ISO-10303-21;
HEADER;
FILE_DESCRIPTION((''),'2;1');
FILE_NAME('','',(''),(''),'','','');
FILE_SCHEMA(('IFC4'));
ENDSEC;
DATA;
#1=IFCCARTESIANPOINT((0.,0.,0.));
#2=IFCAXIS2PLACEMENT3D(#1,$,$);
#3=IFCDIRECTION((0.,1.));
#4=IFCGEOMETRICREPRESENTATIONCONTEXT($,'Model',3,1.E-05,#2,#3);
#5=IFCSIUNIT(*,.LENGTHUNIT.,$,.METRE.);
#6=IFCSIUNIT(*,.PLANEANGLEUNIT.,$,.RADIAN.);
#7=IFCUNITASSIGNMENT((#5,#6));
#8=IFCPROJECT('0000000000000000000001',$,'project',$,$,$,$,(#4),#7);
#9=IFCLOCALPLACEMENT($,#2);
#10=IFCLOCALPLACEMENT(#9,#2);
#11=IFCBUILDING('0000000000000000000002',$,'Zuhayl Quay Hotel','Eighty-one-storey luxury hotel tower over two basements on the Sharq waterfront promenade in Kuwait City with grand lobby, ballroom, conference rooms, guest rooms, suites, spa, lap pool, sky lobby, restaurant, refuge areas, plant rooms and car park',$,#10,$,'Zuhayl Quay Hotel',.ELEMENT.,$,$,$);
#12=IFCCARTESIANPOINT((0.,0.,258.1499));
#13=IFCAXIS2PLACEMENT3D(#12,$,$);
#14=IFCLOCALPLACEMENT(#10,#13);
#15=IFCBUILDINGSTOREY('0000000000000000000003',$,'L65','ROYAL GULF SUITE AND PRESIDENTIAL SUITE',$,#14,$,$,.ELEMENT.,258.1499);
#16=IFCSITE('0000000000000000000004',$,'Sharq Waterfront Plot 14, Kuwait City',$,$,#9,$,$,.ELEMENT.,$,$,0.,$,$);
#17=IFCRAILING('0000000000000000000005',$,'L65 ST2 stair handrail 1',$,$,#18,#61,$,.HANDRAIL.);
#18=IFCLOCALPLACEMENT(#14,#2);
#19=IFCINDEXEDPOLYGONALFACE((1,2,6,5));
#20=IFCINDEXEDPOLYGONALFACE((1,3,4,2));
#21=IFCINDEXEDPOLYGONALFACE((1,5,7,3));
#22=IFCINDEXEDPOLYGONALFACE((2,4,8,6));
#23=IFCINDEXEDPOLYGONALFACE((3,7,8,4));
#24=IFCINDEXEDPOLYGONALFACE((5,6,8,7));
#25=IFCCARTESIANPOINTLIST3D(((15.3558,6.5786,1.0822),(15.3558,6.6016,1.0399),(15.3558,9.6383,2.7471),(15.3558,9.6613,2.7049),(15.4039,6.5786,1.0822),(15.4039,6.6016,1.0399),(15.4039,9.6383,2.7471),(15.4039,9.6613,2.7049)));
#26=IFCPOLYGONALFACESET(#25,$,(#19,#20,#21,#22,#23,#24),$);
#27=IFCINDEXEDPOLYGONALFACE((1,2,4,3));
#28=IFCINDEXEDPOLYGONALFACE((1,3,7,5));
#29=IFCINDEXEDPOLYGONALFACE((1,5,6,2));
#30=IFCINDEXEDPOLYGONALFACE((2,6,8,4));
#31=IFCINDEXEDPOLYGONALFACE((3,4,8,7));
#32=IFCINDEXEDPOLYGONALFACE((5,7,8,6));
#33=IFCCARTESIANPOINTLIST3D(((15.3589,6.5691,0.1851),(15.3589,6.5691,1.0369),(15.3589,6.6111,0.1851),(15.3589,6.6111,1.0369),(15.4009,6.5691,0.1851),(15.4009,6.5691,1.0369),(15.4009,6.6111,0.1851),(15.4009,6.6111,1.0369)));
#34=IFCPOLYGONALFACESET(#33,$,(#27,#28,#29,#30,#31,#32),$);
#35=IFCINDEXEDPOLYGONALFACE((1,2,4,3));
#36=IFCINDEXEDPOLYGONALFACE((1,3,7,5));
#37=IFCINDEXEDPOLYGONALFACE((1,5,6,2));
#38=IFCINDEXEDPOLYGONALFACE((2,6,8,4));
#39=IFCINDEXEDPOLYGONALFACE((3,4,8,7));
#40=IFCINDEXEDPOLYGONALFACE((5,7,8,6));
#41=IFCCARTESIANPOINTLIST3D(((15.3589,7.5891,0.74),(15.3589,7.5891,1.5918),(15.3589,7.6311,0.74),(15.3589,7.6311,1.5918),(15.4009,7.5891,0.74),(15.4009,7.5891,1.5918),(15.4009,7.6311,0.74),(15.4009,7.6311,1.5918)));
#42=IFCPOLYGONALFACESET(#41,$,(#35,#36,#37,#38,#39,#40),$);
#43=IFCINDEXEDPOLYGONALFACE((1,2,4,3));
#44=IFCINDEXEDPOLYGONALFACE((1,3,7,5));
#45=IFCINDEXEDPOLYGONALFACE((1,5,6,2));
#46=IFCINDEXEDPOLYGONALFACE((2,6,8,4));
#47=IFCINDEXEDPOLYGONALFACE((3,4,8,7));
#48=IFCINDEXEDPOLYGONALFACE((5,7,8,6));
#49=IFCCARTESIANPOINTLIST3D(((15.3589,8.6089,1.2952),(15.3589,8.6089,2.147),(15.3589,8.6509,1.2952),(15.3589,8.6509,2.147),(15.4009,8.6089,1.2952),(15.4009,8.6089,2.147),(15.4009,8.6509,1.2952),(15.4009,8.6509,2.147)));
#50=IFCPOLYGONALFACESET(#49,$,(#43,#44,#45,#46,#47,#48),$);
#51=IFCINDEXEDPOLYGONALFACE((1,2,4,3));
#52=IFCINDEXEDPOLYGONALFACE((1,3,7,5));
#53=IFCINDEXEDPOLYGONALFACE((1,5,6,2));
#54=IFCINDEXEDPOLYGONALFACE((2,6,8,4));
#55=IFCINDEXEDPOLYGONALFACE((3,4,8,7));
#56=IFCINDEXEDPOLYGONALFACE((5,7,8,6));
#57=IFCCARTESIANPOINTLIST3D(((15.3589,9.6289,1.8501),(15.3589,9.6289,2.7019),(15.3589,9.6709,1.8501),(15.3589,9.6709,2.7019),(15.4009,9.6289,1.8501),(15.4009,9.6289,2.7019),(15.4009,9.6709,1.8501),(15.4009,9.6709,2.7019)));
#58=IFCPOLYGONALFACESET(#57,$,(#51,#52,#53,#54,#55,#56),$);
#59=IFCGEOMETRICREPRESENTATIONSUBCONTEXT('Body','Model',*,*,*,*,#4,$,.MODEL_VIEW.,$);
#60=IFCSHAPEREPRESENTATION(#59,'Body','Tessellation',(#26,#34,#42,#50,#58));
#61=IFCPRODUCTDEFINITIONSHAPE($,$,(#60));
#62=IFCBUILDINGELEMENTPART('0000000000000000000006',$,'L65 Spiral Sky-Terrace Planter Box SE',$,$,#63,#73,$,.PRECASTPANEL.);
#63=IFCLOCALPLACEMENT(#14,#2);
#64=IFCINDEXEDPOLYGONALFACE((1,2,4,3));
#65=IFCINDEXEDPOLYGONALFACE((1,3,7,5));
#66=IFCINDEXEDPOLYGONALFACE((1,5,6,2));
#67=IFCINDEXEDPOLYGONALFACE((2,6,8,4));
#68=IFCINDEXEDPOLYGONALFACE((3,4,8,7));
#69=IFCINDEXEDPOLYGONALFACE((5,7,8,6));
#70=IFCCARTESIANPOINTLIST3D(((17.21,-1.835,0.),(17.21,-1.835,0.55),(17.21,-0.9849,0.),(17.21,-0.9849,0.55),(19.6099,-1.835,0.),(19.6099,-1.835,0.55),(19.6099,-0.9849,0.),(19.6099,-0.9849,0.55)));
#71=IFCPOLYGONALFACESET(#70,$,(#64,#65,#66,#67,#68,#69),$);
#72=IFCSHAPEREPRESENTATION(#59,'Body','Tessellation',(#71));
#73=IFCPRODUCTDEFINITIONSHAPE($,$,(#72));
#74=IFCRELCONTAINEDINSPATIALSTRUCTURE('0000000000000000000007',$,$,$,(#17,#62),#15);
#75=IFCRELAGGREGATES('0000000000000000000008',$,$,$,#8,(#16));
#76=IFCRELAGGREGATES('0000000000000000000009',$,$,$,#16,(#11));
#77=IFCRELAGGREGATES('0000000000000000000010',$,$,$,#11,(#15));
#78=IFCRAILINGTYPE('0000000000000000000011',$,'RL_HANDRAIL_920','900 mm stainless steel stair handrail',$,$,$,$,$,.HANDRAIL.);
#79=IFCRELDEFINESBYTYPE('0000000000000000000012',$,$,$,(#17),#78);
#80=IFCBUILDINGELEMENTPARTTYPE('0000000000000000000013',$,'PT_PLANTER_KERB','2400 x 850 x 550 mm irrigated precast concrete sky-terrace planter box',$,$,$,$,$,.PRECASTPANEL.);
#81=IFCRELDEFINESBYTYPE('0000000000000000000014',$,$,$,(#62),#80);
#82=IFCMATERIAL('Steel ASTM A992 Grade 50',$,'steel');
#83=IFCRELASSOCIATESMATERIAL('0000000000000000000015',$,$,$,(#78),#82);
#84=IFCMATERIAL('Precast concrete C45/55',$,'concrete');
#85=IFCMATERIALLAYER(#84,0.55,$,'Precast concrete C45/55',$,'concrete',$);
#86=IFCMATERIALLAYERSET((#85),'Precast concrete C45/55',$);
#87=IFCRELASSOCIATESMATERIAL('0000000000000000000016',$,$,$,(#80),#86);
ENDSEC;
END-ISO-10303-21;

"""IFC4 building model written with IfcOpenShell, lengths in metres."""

from ifc_helpers import new_model, si_unit, direction, frame, origin, origin_2d, place, context, subcontext, project, spatial, rectangle, extrude, material, layer, layer_set, type_object, element, save


model = new_model("IFC4")

# Units and contexts
model_context = context("Model", 3, precision=1e-05, world=origin(), true_north=direction((0.0, 1.0)))
body_context = subcontext(model_context, "Body", "Model", "MODEL_VIEW")
ifc_project = project(units=[si_unit("LENGTHUNIT", "METRE"), si_unit("PLANEANGLEUNIT", "RADIAN")], contexts=[model_context])

# Site, building, storey
site_placement = place(None, origin())
site = spatial("IfcSite", under=ifc_project, at=site_placement, Name="Sharq Waterfront Plot 14, Kuwait City", CompositionType="ELEMENT", RefElevation=0.0)
building_placement = place(site_placement, origin())
building = spatial("IfcBuilding", under=site, at=building_placement, Name="Zuhayl Quay Hotel", Description="Eighty-one-storey luxury hotel tower over two basements on the Sharq waterfront promenade in Kuwait City with grand lobby, ballroom, conference rooms, guest rooms, suites, spa, lap pool, sky lobby, restaurant, refuge areas, plant rooms and car park", LongName="Zuhayl Quay Hotel", CompositionType="ELEMENT")
storey_placement = place(building_placement, frame((0.0, 0.0, 258.1499)))
storey = spatial("IfcBuildingStorey", under=building, at=storey_placement, Name="L65", Description="ROYAL GULF SUITE AND PRESIDENTIAL SUITE", CompositionType="ELEMENT", Elevation=258.1499)

# Shared definitions
ifc_material_1 = material(Name="Steel ASTM A992 Grade 50", Category="steel")

# Shared definitions
ifc_material_2 = material(Name="Precast concrete C45/55", Category="concrete")

# Railing
railing_type_1 = type_object("IfcRailingType", Name="RL_HANDRAIL_920", Description="900 mm stainless steel stair handrail", PredefinedType="HANDRAIL", material=ifc_material_1)
railing_1_placement = place(storey_placement, frame((15.3799, 6.5901, 0.1851)))
element("IfcRailing", 1, at=railing_1_placement, inside=storey, type_object=railing_type_1, Name="L65 ST2 stair handrail 1", PredefinedType="HANDRAIL", context=body_context, shape_type="SweptSolid", body=[
    extrude(rectangle(XDim=0.0481, YDim=0.0481, at=origin_2d()), frame((0.0, 0.0, 0.876), z_axis=(0.0, 0.878372, 0.477978), x_axis=(-1.0, 0.0, 0.0)), (0.0, 0.0, 1.0), 3.4834),
    extrude(rectangle(XDim=0.042, YDim=0.042, at=origin_2d()), origin(), (0.0, 0.0, 1.0), 0.8518),
    extrude(rectangle(XDim=0.042, YDim=0.042, at=origin_2d()), frame((0.0, 1.02, 0.5549)), (0.0, 0.0, 1.0), 0.8518),
    extrude(rectangle(XDim=0.042, YDim=0.042, at=origin_2d()), frame((0.0, 2.0398, 1.1101)), (0.0, 0.0, 1.0), 0.8518),
    extrude(rectangle(XDim=0.042, YDim=0.042, at=origin_2d()), frame((0.0, 3.0598, 1.665)), (0.0, 0.0, 1.0), 0.8518),
])

# Building element part
ifc_layer_1 = layer(ifc_material_2, 0.55, Name="Precast concrete C45/55", Category="concrete")
ifc_layer_set_1 = layer_set([ifc_layer_1], Name="Precast concrete C45/55")
building_element_part_type = type_object("IfcBuildingElementPartType", Name="PT_PLANTER_KERB", Description="2400 x 850 x 550 mm irrigated precast concrete sky-terrace planter box", PredefinedType="PRECASTPANEL", material=ifc_layer_set_1)
building_element_part_placement = place(storey_placement, frame((18.4099, -1.4099, 0.0), z_axis=(0.0, 0.0, 1.0), x_axis=(1.0, 0.0, 0.0)))
element("IfcBuildingElementPart", 2, at=building_element_part_placement, inside=storey, type_object=building_element_part_type, Name="L65 Spiral Sky-Terrace Planter Box SE", PredefinedType="PRECASTPANEL", context=body_context, shape_type="SweptSolid", body=[
    extrude(rectangle(XDim=2.3999, YDim=0.8501, at=origin_2d()), origin(), (0.0, 0.0, 1.0), 0.55),
])

save(model, "model.ifc")
